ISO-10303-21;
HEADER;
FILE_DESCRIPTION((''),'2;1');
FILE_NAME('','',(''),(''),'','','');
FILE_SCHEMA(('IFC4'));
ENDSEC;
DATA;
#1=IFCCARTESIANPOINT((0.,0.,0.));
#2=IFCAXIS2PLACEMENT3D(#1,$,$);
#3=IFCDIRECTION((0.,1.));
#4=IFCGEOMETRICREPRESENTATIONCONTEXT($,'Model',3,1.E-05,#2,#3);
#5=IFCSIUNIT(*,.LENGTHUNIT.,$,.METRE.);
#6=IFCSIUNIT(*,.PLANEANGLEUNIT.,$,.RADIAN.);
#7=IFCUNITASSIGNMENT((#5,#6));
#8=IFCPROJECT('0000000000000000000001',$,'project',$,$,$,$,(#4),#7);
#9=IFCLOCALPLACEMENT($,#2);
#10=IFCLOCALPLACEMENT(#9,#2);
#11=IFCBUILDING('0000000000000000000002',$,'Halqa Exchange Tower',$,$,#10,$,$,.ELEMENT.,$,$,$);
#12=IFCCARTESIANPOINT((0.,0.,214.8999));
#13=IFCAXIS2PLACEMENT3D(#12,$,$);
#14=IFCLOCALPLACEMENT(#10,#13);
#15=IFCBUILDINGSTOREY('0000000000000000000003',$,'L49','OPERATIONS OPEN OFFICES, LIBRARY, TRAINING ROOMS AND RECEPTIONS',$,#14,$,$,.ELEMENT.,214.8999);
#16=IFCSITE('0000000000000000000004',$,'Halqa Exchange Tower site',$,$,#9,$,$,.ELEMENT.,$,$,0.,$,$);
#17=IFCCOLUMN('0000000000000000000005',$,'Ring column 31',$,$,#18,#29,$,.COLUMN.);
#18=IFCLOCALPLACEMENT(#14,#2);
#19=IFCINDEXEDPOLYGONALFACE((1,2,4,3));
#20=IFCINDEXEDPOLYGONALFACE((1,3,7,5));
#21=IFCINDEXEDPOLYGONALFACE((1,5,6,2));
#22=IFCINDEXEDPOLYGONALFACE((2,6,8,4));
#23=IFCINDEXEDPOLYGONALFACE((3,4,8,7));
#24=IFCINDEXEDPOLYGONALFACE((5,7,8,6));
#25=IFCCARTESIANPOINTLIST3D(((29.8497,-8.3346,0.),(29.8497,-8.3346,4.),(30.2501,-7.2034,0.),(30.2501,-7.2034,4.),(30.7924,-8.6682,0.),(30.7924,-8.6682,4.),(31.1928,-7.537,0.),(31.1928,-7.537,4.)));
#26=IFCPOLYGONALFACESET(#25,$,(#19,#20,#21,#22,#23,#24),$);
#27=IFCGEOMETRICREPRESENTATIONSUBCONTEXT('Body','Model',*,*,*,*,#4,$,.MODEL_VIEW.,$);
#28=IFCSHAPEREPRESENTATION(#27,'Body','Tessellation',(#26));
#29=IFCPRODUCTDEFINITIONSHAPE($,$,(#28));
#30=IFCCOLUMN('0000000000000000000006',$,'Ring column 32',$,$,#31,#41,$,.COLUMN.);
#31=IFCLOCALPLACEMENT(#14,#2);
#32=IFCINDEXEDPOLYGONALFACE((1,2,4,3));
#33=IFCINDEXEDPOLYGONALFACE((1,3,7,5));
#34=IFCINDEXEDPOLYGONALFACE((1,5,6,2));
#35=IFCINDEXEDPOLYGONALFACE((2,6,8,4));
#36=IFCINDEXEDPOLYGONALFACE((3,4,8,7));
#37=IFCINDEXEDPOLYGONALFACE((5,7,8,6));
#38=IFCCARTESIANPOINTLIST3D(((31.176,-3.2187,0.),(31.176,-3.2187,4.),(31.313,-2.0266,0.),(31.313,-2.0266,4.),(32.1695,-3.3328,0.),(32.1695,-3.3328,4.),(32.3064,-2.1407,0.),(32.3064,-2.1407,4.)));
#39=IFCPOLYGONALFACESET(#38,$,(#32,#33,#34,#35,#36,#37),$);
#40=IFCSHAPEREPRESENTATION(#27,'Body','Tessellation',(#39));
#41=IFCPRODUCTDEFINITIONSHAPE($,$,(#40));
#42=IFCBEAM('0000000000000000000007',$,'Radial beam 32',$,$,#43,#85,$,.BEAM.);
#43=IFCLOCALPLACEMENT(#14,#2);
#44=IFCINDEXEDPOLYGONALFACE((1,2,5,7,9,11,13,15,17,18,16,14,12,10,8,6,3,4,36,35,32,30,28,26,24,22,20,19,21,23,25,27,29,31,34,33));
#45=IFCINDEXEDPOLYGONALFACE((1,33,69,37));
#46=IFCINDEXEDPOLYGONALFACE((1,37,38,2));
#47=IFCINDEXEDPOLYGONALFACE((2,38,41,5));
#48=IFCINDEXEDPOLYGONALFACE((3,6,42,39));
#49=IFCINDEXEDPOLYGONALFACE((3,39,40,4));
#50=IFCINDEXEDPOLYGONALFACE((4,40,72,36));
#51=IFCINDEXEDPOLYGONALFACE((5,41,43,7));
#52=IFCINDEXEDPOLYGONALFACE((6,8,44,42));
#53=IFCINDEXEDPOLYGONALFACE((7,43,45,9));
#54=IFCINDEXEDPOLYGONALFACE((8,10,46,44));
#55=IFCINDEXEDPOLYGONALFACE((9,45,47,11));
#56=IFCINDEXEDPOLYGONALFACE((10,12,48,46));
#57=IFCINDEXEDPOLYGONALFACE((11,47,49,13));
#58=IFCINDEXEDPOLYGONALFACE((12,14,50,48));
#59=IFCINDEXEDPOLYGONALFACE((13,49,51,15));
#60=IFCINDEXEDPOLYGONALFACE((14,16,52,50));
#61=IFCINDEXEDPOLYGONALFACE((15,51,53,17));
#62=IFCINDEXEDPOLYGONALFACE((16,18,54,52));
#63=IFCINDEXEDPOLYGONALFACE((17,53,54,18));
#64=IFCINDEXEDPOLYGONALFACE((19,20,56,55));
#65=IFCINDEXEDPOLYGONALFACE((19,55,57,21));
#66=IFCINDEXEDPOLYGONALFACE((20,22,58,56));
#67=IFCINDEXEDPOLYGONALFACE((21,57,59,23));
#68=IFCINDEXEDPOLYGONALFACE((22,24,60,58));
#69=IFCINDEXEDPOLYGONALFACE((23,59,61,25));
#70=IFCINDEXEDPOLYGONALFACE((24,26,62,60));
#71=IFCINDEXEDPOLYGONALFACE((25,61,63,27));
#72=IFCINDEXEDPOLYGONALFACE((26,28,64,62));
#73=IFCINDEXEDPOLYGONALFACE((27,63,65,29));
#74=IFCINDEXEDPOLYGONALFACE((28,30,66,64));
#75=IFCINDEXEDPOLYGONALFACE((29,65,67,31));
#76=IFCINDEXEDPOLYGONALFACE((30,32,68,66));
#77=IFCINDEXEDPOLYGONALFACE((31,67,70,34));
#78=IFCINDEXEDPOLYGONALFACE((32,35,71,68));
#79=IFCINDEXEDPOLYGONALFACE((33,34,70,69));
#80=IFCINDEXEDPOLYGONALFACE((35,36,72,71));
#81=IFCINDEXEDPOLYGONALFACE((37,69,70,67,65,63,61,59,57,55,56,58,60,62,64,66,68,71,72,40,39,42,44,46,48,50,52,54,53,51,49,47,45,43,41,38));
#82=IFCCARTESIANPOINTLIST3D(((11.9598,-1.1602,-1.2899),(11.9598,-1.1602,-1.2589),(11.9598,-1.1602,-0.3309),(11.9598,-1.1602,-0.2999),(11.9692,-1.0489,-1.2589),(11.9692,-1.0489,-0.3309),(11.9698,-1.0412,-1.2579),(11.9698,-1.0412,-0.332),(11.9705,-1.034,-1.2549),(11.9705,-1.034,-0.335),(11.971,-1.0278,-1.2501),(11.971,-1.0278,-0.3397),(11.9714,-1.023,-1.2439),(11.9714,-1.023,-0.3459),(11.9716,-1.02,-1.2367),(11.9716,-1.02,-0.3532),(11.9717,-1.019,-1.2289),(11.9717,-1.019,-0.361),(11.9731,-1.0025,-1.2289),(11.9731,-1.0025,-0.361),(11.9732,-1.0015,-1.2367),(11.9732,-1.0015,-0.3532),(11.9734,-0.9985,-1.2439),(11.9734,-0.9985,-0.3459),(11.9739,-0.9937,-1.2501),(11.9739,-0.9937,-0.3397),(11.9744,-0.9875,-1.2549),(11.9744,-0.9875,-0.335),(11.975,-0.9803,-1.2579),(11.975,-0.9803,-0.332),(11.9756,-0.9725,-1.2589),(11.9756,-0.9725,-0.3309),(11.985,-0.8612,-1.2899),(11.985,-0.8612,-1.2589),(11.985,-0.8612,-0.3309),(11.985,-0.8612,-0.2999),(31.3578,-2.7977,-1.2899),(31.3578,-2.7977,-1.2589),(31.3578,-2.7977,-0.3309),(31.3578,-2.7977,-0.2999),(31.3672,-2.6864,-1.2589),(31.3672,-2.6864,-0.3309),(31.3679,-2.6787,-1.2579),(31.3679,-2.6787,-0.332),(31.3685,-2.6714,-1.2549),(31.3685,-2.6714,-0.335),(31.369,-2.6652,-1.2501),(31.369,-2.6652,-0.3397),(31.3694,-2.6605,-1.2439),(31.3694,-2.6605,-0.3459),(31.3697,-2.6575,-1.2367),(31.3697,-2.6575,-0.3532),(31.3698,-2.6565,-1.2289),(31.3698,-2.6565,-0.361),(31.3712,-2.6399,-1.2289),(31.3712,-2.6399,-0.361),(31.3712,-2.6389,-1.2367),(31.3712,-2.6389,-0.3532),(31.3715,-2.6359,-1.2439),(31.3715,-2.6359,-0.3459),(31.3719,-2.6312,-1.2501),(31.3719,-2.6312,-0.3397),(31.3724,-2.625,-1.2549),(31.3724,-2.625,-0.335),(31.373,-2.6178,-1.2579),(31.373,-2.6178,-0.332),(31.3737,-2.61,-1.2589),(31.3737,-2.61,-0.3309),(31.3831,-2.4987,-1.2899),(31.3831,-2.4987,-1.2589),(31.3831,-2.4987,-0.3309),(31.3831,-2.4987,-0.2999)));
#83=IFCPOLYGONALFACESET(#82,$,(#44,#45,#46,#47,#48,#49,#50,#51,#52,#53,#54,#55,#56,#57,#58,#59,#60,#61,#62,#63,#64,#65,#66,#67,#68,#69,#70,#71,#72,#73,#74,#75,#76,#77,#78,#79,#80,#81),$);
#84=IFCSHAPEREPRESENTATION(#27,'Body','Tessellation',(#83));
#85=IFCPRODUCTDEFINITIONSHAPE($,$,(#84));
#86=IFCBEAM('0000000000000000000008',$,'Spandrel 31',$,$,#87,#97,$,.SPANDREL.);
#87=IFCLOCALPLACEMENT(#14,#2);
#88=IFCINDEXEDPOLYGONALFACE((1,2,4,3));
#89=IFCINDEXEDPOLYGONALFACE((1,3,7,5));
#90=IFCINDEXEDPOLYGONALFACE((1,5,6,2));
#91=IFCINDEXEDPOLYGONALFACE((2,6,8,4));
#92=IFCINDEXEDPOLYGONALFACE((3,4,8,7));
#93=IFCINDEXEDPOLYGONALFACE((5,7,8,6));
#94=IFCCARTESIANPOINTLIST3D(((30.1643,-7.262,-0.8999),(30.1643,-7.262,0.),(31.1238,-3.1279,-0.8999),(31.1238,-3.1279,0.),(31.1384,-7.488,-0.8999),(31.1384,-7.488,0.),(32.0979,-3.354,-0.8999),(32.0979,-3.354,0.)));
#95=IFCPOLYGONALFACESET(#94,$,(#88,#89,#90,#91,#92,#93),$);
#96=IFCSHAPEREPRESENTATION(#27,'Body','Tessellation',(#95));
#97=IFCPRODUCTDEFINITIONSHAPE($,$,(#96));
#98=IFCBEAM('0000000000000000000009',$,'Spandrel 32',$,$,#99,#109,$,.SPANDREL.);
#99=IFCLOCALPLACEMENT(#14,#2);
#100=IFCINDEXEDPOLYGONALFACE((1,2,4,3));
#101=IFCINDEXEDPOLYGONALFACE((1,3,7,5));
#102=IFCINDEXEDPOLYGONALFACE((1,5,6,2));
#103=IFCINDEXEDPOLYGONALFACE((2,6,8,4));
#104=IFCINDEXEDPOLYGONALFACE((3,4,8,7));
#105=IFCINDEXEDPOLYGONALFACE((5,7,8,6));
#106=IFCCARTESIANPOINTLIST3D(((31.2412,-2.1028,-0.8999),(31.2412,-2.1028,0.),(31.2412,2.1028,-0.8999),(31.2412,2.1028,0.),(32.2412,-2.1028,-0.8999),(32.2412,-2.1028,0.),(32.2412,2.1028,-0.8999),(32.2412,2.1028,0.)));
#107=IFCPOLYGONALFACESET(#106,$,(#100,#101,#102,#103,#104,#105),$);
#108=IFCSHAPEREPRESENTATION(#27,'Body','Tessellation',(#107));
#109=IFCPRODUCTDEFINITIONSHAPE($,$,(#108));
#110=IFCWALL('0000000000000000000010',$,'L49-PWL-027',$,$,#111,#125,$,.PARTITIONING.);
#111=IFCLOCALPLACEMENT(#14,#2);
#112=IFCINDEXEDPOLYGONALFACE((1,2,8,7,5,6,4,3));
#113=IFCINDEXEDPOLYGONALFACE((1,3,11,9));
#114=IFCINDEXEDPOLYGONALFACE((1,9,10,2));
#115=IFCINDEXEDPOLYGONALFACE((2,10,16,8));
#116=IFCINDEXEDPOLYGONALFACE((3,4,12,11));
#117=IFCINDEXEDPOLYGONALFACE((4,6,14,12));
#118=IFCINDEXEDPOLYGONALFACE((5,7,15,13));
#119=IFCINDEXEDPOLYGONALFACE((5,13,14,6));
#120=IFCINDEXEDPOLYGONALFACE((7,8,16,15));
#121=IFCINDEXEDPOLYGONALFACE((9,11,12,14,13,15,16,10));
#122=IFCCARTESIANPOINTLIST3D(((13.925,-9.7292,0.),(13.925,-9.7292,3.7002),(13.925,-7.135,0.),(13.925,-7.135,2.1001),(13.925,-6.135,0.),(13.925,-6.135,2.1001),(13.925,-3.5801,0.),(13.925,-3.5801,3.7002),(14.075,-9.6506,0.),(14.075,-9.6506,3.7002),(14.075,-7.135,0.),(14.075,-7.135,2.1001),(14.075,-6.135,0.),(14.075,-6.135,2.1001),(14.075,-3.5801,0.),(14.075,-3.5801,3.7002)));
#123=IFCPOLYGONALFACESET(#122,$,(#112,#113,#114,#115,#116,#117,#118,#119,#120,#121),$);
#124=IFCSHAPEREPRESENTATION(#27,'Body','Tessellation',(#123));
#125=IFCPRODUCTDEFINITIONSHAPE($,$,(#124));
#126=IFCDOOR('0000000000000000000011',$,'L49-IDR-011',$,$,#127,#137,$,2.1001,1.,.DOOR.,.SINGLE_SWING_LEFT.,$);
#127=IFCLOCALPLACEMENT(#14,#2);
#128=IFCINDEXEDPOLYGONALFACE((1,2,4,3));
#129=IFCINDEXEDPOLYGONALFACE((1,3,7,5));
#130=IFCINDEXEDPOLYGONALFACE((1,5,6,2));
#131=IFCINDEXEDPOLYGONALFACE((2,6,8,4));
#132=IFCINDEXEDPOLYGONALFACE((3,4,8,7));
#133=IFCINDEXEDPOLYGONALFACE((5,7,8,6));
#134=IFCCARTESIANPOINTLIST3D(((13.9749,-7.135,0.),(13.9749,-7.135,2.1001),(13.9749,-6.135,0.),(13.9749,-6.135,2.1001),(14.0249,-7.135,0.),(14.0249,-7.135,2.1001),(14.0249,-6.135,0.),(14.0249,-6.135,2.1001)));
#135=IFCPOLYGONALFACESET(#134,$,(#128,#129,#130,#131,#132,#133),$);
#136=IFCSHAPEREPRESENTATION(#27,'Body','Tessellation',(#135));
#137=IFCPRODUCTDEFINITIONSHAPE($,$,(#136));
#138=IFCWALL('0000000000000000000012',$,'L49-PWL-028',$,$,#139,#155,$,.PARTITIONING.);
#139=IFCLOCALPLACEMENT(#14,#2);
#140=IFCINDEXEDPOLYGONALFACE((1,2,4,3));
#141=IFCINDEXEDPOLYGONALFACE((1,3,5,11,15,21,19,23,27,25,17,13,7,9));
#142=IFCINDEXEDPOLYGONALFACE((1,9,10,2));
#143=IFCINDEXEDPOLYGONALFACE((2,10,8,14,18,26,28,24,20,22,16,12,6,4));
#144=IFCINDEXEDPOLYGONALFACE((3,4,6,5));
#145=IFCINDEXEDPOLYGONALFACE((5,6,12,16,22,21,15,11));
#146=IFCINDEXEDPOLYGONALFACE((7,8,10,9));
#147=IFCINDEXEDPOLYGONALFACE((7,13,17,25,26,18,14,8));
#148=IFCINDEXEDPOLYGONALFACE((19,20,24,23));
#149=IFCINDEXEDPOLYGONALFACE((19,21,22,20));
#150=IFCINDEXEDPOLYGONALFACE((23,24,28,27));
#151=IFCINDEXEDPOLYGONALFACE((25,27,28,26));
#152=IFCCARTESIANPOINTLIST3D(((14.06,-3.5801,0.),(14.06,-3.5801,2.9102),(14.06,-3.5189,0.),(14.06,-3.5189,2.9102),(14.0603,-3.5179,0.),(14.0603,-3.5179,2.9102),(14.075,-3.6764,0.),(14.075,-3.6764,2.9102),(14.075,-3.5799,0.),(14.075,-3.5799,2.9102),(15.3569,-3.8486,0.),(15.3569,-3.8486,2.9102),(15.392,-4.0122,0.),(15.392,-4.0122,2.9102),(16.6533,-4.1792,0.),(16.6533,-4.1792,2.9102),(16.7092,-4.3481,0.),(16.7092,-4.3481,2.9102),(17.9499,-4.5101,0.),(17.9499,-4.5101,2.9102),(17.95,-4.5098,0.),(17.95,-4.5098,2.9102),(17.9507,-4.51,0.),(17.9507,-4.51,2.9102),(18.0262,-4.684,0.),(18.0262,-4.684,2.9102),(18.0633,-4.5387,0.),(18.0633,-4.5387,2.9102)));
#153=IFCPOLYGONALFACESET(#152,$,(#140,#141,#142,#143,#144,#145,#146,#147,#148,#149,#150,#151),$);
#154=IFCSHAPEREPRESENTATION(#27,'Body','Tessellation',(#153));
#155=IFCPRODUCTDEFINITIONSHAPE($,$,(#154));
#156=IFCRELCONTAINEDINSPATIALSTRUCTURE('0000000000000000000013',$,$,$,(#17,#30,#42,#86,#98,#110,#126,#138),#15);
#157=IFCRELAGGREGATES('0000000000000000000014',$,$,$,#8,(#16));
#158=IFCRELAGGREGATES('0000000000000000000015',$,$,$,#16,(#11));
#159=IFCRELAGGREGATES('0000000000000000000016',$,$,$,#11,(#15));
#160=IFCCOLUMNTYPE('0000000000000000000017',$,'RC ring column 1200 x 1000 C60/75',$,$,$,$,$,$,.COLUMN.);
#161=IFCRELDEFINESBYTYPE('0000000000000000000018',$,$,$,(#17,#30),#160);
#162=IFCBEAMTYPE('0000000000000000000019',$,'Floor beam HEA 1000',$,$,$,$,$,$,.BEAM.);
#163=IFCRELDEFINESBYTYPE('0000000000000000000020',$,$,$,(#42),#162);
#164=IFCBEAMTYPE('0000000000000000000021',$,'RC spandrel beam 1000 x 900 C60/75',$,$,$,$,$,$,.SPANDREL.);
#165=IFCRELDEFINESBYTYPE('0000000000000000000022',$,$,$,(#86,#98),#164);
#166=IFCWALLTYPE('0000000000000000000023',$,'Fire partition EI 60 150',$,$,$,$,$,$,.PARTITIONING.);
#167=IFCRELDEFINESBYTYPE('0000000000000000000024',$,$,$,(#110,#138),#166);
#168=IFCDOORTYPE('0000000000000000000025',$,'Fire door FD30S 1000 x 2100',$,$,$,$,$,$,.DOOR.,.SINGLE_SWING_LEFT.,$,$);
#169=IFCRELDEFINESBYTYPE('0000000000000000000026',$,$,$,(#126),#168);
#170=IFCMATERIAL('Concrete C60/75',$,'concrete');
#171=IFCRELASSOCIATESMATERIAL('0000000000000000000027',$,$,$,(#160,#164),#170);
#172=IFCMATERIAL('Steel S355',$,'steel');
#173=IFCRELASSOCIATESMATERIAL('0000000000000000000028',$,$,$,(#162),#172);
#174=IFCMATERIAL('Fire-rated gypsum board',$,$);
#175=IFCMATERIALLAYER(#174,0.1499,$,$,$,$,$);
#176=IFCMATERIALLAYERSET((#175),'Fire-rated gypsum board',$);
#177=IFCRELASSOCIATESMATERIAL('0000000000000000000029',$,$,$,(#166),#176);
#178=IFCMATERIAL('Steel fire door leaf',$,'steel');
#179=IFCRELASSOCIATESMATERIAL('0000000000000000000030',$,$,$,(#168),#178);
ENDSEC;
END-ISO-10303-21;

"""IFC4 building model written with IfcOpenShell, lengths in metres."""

from ifc_helpers import new_model, si_unit, direction, frame, frame_2d, origin, origin_2d, place, context, subcontext, project, spatial, polyline, rectangle, i_section, outline, extrude, material, layer, layer_set, material_profile, profile_set, type_object, element, fill, save


model = new_model("IFC4")

# Units and contexts
model_context = context("Model", 3, precision=1e-05, world=origin(), true_north=direction((0.0, 1.0)))
body_context = subcontext(model_context, "Body", "Model", "MODEL_VIEW")
ifc_project = project(units=[si_unit("LENGTHUNIT", "METRE"), si_unit("PLANEANGLEUNIT", "RADIAN")], contexts=[model_context])

# Site, building, storey
site_placement = place(None, origin())
site = spatial("IfcSite", under=ifc_project, at=site_placement, Name="Halqa Exchange Tower site", CompositionType="ELEMENT", RefElevation=0.0)
building_placement = place(site_placement, origin())
building = spatial("IfcBuilding", under=site, at=building_placement, Name="Halqa Exchange Tower", CompositionType="ELEMENT")
storey_placement = place(building_placement, frame((0.0, 0.0, 214.8999)))
storey = spatial("IfcBuildingStorey", under=building, at=storey_placement, Name="L49", Description="OPERATIONS OPEN OFFICES, LIBRARY, TRAINING ROOMS AND RECEPTIONS", CompositionType="ELEMENT", Elevation=214.8999)

# Columns
ifc_material_1 = material(Name="Concrete C60/75", Category="concrete")
ifc_material_profile_1 = material_profile(ifc_material_1, rectangle(XDim=1.2, YDim=1.0, at=origin_2d()), Name="1200 x 1000")
ifc_profile_set_1 = profile_set([ifc_material_profile_1], Name="Concrete C60/75")
column_type = type_object("IfcColumnType", Name="RC ring column 1200 x 1000 C60/75", PredefinedType="COLUMN", material=ifc_profile_set_1)
for number, where, z_axis, x_axis, name in (
    (1, (30.5212, -7.9358, 0.0), (0.0, 0.0, 1.0), (0.333626, 0.942706, 0.0), "Ring column 31"),
    (2, (31.7412, -2.6797, 0.0), (0.0, 0.0, 1.0), (0.114157, 0.993463, 0.0), "Ring column 32"),
):
    element("IfcColumn", number, at=place(storey_placement, frame(where, z_axis=z_axis, x_axis=x_axis)), inside=storey, type_object=column_type, Name=name, PredefinedType="COLUMN", context=body_context, shape_type="SweptSolid", body=[
        extrude(rectangle(XDim=1.2, YDim=1.0, at=origin_2d()), origin(), (0.0, 0.0, 1.0), 4.0),
    ])

# Beams
ifc_material_2 = material(Name="Steel S355", Category="steel")
ifc_material_profile_2 = material_profile(ifc_material_2, i_section(OverallWidth=0.3, OverallDepth=0.99, WebThickness=0.0166, FlangeThickness=0.031, FilletRadius=0.03, at=origin_2d()), Name="HEA 1000")
ifc_profile_set_2 = profile_set([ifc_material_profile_2], Name="Steel S355")
beam_type_1 = type_object("IfcBeamType", Name="Floor beam HEA 1000", PredefinedType="BEAM", material=ifc_profile_set_2)
beam_1_placement = place(storey_placement, frame((11.9724, -1.0107, -0.7949), z_axis=(0.996456, -0.084114, 0.0), x_axis=(0.084114, 0.996456, 0.0)))
element("IfcBeam", 3, at=beam_1_placement, inside=storey, type_object=beam_type_1, Name="Radial beam 32", PredefinedType="BEAM", context=body_context, shape_type="SweptSolid", body=[
    extrude(i_section(OverallWidth=0.3, OverallDepth=0.99, WebThickness=0.0166, FlangeThickness=0.031, FilletRadius=0.03, at=origin_2d()), origin(), (0.0, 0.0, 1.0), 19.467),
])
ifc_material_profile_3 = material_profile(ifc_material_1, rectangle(XDim=1.0, YDim=0.8999, at=origin_2d()), Name="1000 x 900")
ifc_profile_set_3 = profile_set([ifc_material_profile_3], Name="Concrete C60/75")
beam_type_2 = type_object("IfcBeamType", Name="RC spandrel beam 1000 x 900 C60/75", PredefinedType="SPANDREL", material=ifc_profile_set_3)
beam_2_placement = place(storey_placement, frame((30.6514, -7.375, -0.45), z_axis=(0.226082, 0.974108, 0.0), x_axis=(-0.974108, 0.226082, 0.0)))
element("IfcBeam", 4, at=beam_2_placement, inside=storey, type_object=beam_type_2, Name="Spandrel 31", PredefinedType="SPANDREL", context=body_context, shape_type="SweptSolid", body=[
    extrude(rectangle(XDim=1.0, YDim=0.8999, at=origin_2d()), origin(), (0.0, 0.0, 1.0), 4.2439),
])
beam_3_placement = place(storey_placement, frame((31.7412, -2.1028, -0.45), z_axis=(0.0, 1.0, 0.0), x_axis=(-1.0, 0.0, 0.0)))
element("IfcBeam", 5, at=beam_3_placement, inside=storey, type_object=beam_type_2, Name="Spandrel 32", PredefinedType="SPANDREL", context=body_context, shape_type="SweptSolid", body=[
    extrude(rectangle(XDim=1.0, YDim=0.8999, at=origin_2d()), origin(), (0.0, 0.0, 1.0), 4.2056),
])

# Shared definitions
ifc_material_3 = material(Name="Fire-rated gypsum board")
ifc_layer_1 = layer(ifc_material_3, 0.1499)
ifc_layer_set_1 = layer_set([ifc_layer_1], Name="Fire-rated gypsum board")
wall_type_1 = type_object("IfcWallType", Name="Fire partition EI 60 150", PredefinedType="PARTITIONING", material=ifc_layer_set_1)

# Wall, opening, door
wall_1_placement = place(storey_placement, frame((14.0, -3.5801, 0.0), z_axis=(0.0, 0.0, 1.0), x_axis=(0.0, -1.0, 0.0)))
wall_1 = element("IfcWall", 6, at=wall_1_placement, inside=storey, type_object=wall_type_1, Name="L49-PWL-027", PredefinedType="PARTITIONING", context=body_context, shape_type="SweptSolid", body=[
    extrude(outline(polyline([(6.1492, -0.075), (6.1492, -0.075), (6.0706, 0.075), (4.553, 0.075), (3.0354, 0.075), (1.5176, 0.075), (0.0, 0.075), (0.0, -0.075), (1.5374, -0.075), (3.0747, -0.075), (4.6118, -0.075), (6.1492, -0.075)])), origin(), (0.0, 0.0, 1.0), 3.7002),
])
opening_1_placement = place(wall_1_placement, frame((2.5549, 0.0, 0.0)))
opening_1 = element("IfcOpeningElement", 7, at=opening_1_placement, cuts=wall_1, PredefinedType="OPENING", context=body_context, shape_type="SweptSolid", body=[
    extrude(rectangle(XDim=1.0, YDim=2.1001, at=frame_2d((0.5, 1.05))), frame((0.0, 0.0869, 0.0), z_axis=(0.0, -1.0, 0.0), x_axis=(1.0, 0.0, 0.0)), (0.0, 0.0, 1.0), 0.1738),
])
ifc_material_4 = material(Name="Steel fire door leaf", Category="steel")
door_type_1 = type_object("IfcDoorType", Name="Fire door FD30S 1000 x 2100", OperationType="SINGLE_SWING_LEFT", PredefinedType="DOOR", material=ifc_material_4)
door_1_placement = place(opening_1_placement, origin())
door_1 = element("IfcDoor", 8, at=door_1_placement, inside=storey, type_object=door_type_1, Name="L49-IDR-011", OperationType="SINGLE_SWING_LEFT", OverallHeight=2.1001, OverallWidth=1.0, PredefinedType="DOOR", context=body_context, shape_type="SweptSolid", body=[
    extrude(rectangle(XDim=1.0, YDim=2.1001, at=frame_2d((0.5, 1.05))), frame((0.0, 0.0249, 0.0), z_axis=(0.0, -1.0, 0.0), x_axis=(1.0, 0.0, 0.0)), (0.0, 0.0, 1.0), 0.05),
])
fill(opening_1, door_1)

# Wall
wall_2_placement = place(storey_placement, frame((14.0417, -3.5906, 0.0), z_axis=(0.0, 0.0, 1.0), x_axis=(0.968992, -0.247094, 0.0)))
element("IfcWall", 9, at=wall_2_placement, inside=storey, type_object=wall_type_1, Name="L49-PWL-028", PredefinedType="PARTITIONING", context=body_context, shape_type="SweptSolid", body=[
    extrude(outline(polyline([(4.1311, 0.075), (4.0149, 0.075), (4.0142, 0.0747), (4.0142, 0.075), (2.676, 0.075), (1.3381, 0.075), (0.0, 0.075), (0.0, 0.074), (0.0151, 0.0146), (0.0295, 0.0186), (0.0535, -0.075), (1.4126, -0.075), (2.772, -0.075), (4.1311, -0.075), (4.1311, 0.075)])), origin(), (0.0, 0.0, 1.0), 2.9102),
])

save(model, "model.ifc")
